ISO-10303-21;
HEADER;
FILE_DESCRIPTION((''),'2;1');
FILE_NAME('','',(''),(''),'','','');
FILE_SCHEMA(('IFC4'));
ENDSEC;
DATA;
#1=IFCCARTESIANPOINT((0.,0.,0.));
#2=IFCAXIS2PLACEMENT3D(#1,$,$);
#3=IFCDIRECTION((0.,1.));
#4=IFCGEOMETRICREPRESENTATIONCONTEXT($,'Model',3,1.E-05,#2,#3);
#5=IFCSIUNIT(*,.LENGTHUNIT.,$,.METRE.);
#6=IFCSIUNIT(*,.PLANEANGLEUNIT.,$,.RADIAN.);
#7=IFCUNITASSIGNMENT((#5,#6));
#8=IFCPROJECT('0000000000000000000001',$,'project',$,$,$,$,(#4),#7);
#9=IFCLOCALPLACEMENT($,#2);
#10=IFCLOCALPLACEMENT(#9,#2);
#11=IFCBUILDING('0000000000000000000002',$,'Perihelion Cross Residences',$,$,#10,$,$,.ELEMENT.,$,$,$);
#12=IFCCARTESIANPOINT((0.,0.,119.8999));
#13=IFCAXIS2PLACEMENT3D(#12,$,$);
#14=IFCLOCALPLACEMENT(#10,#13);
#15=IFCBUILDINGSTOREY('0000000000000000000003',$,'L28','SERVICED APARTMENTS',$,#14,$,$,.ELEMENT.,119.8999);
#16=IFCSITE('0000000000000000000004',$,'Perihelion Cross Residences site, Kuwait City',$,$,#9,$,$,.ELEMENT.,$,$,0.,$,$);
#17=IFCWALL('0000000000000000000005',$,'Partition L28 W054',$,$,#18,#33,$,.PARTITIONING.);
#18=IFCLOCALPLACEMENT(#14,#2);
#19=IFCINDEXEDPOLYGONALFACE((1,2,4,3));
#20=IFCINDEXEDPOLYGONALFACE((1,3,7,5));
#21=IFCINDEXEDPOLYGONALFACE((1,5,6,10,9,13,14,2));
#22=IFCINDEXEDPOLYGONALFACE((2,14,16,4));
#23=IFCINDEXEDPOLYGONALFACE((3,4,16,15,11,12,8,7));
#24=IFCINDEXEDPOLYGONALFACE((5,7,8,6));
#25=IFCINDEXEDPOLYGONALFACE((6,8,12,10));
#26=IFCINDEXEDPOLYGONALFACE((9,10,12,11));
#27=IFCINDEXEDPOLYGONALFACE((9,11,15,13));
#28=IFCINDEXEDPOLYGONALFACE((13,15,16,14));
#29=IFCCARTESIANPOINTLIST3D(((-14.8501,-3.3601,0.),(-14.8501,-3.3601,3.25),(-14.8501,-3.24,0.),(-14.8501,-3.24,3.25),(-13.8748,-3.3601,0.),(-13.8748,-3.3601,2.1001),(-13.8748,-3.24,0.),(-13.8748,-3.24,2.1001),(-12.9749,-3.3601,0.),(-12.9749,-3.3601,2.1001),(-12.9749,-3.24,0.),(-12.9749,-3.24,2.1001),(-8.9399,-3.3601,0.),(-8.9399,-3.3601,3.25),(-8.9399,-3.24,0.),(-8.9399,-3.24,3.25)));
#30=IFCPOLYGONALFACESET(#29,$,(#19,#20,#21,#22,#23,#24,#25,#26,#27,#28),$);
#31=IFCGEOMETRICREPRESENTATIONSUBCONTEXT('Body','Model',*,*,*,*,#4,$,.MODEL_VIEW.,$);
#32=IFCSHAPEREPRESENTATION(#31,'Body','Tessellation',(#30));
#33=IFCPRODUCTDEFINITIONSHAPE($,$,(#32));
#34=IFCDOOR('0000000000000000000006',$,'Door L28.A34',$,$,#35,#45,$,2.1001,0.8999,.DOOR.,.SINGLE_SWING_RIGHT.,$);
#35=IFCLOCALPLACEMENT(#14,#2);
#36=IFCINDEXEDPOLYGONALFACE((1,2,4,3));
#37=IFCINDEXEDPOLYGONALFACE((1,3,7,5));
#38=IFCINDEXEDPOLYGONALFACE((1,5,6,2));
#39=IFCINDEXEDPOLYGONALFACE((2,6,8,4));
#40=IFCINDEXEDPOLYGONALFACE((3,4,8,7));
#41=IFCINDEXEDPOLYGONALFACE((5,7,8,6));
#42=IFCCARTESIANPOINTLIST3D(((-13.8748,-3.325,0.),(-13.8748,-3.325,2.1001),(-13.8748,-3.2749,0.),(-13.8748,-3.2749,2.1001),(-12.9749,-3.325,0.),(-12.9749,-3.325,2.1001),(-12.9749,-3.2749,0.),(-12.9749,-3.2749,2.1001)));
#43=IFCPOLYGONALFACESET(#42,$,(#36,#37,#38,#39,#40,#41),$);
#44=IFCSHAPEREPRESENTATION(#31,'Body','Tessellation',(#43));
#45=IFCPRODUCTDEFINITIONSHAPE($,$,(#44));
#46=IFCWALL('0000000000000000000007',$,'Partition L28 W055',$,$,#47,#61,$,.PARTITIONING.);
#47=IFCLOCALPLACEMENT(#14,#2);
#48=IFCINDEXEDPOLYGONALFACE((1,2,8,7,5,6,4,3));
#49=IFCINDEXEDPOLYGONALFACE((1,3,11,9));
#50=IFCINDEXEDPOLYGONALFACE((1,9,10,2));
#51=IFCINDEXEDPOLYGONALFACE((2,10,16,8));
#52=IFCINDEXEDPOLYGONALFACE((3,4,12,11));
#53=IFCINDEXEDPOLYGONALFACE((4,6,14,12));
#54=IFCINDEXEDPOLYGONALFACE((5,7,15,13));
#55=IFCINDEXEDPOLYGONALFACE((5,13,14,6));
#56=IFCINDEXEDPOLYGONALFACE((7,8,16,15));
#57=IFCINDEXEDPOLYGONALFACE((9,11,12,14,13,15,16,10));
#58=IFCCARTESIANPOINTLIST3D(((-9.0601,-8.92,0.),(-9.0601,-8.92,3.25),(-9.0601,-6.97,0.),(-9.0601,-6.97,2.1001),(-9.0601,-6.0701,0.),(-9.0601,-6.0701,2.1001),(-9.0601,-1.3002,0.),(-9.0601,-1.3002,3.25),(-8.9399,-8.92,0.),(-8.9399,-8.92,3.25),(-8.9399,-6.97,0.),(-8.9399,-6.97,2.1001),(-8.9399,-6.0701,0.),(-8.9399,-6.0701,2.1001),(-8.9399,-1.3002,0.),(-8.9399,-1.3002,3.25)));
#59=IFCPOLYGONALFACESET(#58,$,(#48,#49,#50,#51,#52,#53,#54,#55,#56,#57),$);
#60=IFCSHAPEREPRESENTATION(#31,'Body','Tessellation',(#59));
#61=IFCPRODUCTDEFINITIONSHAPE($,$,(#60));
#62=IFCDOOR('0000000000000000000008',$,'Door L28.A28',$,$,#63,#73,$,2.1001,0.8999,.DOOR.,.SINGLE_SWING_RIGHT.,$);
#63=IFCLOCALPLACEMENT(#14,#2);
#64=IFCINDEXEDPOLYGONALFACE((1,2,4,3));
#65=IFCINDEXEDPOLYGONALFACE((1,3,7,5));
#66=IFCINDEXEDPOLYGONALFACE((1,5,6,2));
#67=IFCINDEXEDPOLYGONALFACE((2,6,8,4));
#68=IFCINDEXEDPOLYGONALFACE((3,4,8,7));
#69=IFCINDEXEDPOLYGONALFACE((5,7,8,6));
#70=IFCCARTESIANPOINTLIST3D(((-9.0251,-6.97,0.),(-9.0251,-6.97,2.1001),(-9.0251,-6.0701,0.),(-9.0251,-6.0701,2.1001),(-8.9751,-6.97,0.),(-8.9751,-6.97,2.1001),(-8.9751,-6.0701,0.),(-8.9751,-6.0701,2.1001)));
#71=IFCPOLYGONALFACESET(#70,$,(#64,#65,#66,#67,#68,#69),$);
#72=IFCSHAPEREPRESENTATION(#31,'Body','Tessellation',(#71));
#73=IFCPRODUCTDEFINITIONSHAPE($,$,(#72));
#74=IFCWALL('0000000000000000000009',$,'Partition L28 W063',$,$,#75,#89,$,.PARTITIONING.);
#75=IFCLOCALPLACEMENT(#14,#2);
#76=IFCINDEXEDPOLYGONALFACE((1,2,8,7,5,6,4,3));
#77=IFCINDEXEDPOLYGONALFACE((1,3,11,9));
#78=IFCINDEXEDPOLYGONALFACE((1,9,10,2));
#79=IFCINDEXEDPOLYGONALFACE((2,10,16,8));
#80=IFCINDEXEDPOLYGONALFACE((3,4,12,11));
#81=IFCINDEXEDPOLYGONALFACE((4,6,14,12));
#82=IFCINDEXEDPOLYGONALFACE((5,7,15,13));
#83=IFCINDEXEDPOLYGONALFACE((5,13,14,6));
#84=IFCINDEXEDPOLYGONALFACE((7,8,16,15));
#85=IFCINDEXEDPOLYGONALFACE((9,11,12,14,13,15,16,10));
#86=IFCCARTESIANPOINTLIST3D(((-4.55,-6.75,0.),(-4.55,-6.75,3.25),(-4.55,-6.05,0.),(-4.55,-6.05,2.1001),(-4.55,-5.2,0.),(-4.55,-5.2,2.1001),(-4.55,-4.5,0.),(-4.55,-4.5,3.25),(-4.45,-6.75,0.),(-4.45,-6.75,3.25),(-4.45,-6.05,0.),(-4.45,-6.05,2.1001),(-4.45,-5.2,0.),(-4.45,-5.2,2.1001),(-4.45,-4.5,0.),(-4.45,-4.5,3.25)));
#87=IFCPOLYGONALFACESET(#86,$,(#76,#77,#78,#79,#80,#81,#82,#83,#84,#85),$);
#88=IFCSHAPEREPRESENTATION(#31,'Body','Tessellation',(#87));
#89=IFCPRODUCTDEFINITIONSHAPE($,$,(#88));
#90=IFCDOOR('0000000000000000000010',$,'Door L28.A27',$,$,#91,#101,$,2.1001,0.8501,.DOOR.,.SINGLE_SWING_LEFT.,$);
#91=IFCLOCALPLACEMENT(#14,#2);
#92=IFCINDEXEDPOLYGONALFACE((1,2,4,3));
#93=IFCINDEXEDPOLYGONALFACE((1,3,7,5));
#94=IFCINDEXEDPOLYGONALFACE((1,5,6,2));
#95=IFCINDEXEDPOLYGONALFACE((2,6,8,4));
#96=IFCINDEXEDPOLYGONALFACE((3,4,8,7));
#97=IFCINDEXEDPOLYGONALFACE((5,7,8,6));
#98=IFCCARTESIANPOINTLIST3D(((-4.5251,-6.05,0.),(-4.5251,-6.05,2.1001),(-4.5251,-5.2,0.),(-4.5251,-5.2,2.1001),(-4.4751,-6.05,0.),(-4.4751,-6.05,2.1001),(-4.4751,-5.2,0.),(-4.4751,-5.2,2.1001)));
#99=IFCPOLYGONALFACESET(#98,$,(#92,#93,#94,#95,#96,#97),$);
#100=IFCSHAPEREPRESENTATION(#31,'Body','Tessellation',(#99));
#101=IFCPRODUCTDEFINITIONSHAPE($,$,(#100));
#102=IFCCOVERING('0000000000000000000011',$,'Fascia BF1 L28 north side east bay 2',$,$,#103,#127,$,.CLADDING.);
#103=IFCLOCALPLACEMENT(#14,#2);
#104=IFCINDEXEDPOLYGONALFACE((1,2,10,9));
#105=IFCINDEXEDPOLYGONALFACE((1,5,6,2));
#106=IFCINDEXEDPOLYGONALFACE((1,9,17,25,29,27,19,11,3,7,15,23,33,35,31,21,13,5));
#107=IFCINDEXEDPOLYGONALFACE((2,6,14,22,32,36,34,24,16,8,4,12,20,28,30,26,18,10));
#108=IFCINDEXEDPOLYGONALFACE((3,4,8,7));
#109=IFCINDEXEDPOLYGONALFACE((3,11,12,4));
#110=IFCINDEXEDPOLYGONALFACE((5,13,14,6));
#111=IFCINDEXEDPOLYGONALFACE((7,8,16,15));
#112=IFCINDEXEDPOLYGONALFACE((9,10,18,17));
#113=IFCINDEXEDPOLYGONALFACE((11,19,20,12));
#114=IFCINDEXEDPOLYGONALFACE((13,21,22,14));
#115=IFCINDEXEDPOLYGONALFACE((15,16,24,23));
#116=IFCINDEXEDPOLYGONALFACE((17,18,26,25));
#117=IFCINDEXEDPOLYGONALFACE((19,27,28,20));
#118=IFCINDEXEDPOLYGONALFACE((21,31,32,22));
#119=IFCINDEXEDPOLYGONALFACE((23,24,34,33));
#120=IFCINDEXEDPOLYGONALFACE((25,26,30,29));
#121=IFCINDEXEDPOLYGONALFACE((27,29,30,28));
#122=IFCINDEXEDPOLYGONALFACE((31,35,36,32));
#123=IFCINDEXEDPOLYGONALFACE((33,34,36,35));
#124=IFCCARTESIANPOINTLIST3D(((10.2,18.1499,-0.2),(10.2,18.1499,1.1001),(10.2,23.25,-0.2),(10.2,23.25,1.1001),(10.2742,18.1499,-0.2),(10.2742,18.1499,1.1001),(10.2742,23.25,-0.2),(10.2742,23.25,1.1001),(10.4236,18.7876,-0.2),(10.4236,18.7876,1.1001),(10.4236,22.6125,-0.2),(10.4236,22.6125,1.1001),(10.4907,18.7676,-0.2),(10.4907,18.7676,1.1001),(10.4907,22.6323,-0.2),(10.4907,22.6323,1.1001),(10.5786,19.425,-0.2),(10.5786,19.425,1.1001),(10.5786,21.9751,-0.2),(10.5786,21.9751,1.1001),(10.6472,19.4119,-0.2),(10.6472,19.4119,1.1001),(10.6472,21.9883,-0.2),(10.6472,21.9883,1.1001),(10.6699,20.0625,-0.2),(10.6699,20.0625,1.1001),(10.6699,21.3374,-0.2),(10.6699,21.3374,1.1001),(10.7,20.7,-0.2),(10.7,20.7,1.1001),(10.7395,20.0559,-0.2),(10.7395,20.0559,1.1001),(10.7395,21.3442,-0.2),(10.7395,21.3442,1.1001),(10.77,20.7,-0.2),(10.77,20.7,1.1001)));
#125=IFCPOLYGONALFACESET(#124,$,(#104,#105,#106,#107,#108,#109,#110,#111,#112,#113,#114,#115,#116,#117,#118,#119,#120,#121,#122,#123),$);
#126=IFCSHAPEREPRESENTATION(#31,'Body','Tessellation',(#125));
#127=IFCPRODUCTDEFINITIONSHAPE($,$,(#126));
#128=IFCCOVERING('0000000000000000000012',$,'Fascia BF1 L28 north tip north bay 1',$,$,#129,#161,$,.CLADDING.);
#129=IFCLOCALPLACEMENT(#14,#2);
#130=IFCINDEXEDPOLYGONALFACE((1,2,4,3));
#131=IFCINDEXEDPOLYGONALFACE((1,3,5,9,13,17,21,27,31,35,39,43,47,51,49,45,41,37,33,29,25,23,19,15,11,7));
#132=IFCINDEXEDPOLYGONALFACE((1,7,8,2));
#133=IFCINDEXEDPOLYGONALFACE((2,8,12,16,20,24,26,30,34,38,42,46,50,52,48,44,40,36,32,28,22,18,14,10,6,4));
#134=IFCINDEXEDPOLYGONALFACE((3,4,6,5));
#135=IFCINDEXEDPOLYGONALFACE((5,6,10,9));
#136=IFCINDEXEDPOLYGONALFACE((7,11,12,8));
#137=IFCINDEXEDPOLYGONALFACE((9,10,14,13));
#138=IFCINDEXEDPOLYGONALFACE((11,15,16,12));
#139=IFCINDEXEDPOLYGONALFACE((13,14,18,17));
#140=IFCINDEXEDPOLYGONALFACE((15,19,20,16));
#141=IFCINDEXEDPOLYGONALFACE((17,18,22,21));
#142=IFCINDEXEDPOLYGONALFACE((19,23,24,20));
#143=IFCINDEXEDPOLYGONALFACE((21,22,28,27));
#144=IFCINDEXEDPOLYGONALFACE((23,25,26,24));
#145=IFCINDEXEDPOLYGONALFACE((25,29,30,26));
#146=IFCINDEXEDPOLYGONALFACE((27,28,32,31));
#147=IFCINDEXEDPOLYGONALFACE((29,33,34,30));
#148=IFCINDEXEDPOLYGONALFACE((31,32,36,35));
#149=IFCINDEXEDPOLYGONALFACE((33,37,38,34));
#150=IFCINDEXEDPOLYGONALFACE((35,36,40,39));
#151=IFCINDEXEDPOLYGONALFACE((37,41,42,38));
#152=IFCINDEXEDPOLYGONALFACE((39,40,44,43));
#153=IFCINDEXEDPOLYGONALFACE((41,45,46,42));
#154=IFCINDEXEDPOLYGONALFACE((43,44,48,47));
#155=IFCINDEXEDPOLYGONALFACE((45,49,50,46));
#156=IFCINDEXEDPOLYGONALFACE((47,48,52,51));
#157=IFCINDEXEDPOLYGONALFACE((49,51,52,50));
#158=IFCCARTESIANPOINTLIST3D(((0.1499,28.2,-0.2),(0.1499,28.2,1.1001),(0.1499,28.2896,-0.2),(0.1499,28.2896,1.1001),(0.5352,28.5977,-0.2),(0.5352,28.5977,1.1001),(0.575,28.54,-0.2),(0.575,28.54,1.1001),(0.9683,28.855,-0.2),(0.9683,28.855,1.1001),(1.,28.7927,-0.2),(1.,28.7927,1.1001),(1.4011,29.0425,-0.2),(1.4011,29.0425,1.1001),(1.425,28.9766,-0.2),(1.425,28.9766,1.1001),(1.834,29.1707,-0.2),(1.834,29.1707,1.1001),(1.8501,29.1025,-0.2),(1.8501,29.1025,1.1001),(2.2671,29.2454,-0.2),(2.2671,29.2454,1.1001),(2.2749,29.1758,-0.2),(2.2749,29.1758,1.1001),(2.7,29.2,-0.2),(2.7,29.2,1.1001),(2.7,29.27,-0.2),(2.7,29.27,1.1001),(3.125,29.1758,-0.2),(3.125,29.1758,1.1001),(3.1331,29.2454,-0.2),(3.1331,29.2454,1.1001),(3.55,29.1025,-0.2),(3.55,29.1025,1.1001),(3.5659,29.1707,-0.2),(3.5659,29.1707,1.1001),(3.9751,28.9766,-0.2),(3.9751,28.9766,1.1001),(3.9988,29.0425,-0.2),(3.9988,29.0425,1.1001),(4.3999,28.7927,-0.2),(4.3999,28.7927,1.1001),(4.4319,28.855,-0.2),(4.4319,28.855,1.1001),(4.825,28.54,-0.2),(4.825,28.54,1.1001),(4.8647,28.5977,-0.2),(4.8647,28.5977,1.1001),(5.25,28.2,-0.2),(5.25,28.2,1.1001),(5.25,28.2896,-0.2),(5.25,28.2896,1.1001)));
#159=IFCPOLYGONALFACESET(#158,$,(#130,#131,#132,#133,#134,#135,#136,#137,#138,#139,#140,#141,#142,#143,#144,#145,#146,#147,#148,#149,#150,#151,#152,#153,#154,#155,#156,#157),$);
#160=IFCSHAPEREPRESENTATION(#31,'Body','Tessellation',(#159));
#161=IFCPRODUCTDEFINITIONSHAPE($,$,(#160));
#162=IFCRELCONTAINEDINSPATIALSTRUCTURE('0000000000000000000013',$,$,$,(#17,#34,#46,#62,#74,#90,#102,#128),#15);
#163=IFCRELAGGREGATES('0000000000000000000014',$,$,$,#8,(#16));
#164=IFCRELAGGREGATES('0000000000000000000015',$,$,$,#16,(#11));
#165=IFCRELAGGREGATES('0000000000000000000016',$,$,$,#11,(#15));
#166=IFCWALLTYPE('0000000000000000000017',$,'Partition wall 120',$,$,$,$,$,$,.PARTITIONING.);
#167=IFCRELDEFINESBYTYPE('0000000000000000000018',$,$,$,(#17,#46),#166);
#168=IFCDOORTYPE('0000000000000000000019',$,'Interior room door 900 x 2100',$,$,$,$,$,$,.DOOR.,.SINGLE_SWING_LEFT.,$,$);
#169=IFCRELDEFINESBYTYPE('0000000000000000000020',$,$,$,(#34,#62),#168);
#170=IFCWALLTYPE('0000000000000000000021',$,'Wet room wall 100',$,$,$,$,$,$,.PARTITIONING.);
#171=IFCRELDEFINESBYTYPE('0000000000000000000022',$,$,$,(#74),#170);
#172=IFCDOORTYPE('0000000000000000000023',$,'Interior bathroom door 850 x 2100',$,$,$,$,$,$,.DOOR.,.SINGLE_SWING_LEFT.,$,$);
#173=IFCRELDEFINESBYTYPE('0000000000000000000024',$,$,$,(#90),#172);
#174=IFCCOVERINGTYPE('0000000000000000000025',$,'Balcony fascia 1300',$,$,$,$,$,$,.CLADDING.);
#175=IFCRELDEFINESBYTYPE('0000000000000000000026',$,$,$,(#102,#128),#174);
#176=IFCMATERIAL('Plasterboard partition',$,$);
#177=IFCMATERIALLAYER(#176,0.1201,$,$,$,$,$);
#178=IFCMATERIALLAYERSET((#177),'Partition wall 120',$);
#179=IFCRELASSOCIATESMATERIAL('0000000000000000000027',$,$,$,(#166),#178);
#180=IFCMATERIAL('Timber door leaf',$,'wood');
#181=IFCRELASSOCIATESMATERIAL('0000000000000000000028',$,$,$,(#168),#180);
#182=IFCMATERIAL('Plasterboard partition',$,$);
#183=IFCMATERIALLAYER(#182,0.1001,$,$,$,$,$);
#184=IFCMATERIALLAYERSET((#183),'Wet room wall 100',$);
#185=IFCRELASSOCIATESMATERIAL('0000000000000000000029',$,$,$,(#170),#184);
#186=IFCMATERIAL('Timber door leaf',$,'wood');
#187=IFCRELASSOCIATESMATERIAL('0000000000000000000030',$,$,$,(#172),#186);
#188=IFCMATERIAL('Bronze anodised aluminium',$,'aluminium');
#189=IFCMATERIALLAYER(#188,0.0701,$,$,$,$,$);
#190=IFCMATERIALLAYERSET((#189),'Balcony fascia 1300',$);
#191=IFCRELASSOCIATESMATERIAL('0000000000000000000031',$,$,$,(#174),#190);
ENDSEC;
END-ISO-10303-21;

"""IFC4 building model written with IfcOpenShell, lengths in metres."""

from ifc_helpers import new_model, si_unit, direction, frame, frame_2d, origin, place, context, subcontext, project, spatial, polyline, rectangle, outline, extrude, material, layer, layer_set, type_object, element, fill, save


model = new_model("IFC4")

# Units and contexts
model_context = context("Model", 3, precision=1e-05, world=origin(), true_north=direction((0.0, 1.0)))
body_context = subcontext(model_context, "Body", "Model", "MODEL_VIEW")
ifc_project = project(units=[si_unit("LENGTHUNIT", "METRE"), si_unit("PLANEANGLEUNIT", "RADIAN")], contexts=[model_context])

# Site, building, storey
site_placement = place(None, origin())
site = spatial("IfcSite", under=ifc_project, at=site_placement, Name="Perihelion Cross Residences site, Kuwait City", CompositionType="ELEMENT", RefElevation=0.0)
building_placement = place(site_placement, origin())
building = spatial("IfcBuilding", under=site, at=building_placement, Name="Perihelion Cross Residences", CompositionType="ELEMENT")
storey_placement = place(building_placement, frame((0.0, 0.0, 119.8999)))
storey = spatial("IfcBuildingStorey", under=building, at=storey_placement, Name="L28", Description="SERVICED APARTMENTS", CompositionType="ELEMENT", Elevation=119.8999)

# Shared definitions
ifc_material_1 = material(Name="Plasterboard partition")
ifc_layer_1 = layer(ifc_material_1, 0.1201)
ifc_layer_set_1 = layer_set([ifc_layer_1], Name="Partition wall 120")
wall_type_1 = type_object("IfcWallType", Name="Partition wall 120", PredefinedType="PARTITIONING", material=ifc_layer_set_1)

# Walls, openings, doors
wall_1_placement = place(storey_placement, frame((-8.9399, -3.3, 0.0), z_axis=(0.0, 0.0, 1.0), x_axis=(-1.0, 0.0, 0.0)))
wall_1 = element("IfcWall", 1, at=wall_1_placement, inside=storey, type_object=wall_type_1, Name="Partition L28 W054", PredefinedType="PARTITIONING", context=body_context, shape_type="SweptSolid", body=[
    extrude(rectangle(XDim=5.9102, YDim=0.1201, at=frame_2d((2.9551, 0.0))), origin(), (0.0, 0.0, 1.0), 3.25),
])
opening_1_placement = place(wall_1_placement, frame((4.0349, 0.0, 0.0)))
opening_1 = element("IfcOpeningElement", 2, at=opening_1_placement, cuts=wall_1, PredefinedType="OPENING", context=body_context, shape_type="SweptSolid", body=[
    extrude(rectangle(XDim=0.8999, YDim=2.1001, at=frame_2d((0.45, 1.05))), frame((0.0, 0.0701, 0.0), z_axis=(0.0, -1.0, 0.0), x_axis=(1.0, 0.0, 0.0)), (0.0, 0.0, 1.0), 0.1401),
])
ifc_material_2 = material(Name="Timber door leaf", Category="wood")
door_type_1 = type_object("IfcDoorType", Name="Interior room door 900 x 2100", OperationType="SINGLE_SWING_LEFT", PredefinedType="DOOR", material=ifc_material_2)
door_1_placement = place(opening_1_placement, origin())
door_1 = element("IfcDoor", 3, at=door_1_placement, inside=storey, type_object=door_type_1, Name="Door L28.A34", OperationType="SINGLE_SWING_RIGHT", OverallHeight=2.1001, OverallWidth=0.8999, PredefinedType="DOOR", context=body_context, shape_type="SweptSolid", body=[
    extrude(rectangle(XDim=0.8999, YDim=2.1001, at=frame_2d((0.45, 1.05))), frame((0.0, 0.0249, 0.0), z_axis=(0.0, -1.0, 0.0), x_axis=(1.0, 0.0, 0.0)), (0.0, 0.0, 1.0), 0.05),
])
fill(opening_1, door_1)
wall_2_placement = place(storey_placement, frame((-9.0, -1.3, 0.0), z_axis=(0.0, 0.0, 1.0), x_axis=(0.0, -1.0, 0.0)))
wall_2 = element("IfcWall", 4, at=wall_2_placement, inside=storey, type_object=wall_type_1, Name="Partition L28 W055", PredefinedType="PARTITIONING", context=body_context, shape_type="SweptSolid", body=[
    extrude(rectangle(XDim=7.6199, YDim=0.1201, at=frame_2d((3.8101, 0.0))), origin(), (0.0, 0.0, 1.0), 3.25),
])
opening_2_placement = place(wall_2_placement, frame((4.77, 0.0, 0.0)))
opening_2 = element("IfcOpeningElement", 5, at=opening_2_placement, cuts=wall_2, PredefinedType="OPENING", context=body_context, shape_type="SweptSolid", body=[
    extrude(rectangle(XDim=0.8999, YDim=2.1001, at=frame_2d((0.45, 1.05))), frame((0.0, 0.0701, 0.0), z_axis=(0.0, -1.0, 0.0), x_axis=(1.0, 0.0, 0.0)), (0.0, 0.0, 1.0), 0.1401),
])
door_2_placement = place(opening_2_placement, origin())
door_2 = element("IfcDoor", 6, at=door_2_placement, inside=storey, type_object=door_type_1, Name="Door L28.A28", OperationType="SINGLE_SWING_RIGHT", OverallHeight=2.1001, OverallWidth=0.8999, PredefinedType="DOOR", context=body_context, shape_type="SweptSolid", body=[
    extrude(rectangle(XDim=0.8999, YDim=2.1001, at=frame_2d((0.45, 1.05))), frame((0.0, 0.0249, 0.0), z_axis=(0.0, -1.0, 0.0), x_axis=(1.0, 0.0, 0.0)), (0.0, 0.0, 1.0), 0.05),
])
fill(opening_2, door_2)
ifc_material_3 = material(Name="Plasterboard partition")
ifc_layer_2 = layer(ifc_material_3, 0.1001)
ifc_layer_set_2 = layer_set([ifc_layer_2], Name="Wet room wall 100")
wall_type_2 = type_object("IfcWallType", Name="Wet room wall 100", PredefinedType="PARTITIONING", material=ifc_layer_set_2)
wall_3_placement = place(storey_placement, frame((-4.5, -4.5, 0.0), z_axis=(0.0, 0.0, 1.0), x_axis=(0.0, -1.0, 0.0)))
wall_3 = element("IfcWall", 7, at=wall_3_placement, inside=storey, type_object=wall_type_2, Name="Partition L28 W063", PredefinedType="PARTITIONING", context=body_context, shape_type="SweptSolid", body=[
    extrude(rectangle(XDim=2.25, YDim=0.1001, at=frame_2d((1.125, 0.0))), origin(), (0.0, 0.0, 1.0), 3.25),
])
opening_3_placement = place(wall_3_placement, frame((0.7, 0.0, 0.0)))
opening_3 = element("IfcOpeningElement", 8, at=opening_3_placement, cuts=wall_3, PredefinedType="OPENING", context=body_context, shape_type="SweptSolid", body=[
    extrude(rectangle(XDim=0.8501, YDim=2.1001, at=frame_2d((0.425, 1.05))), frame((0.0, 0.0601, 0.0), z_axis=(0.0, -1.0, 0.0), x_axis=(1.0, 0.0, 0.0)), (0.0, 0.0, 1.0), 0.1201),
])
ifc_material_4 = material(Name="Timber door leaf", Category="wood")
door_type_2 = type_object("IfcDoorType", Name="Interior bathroom door 850 x 2100", OperationType="SINGLE_SWING_LEFT", PredefinedType="DOOR", material=ifc_material_4)
door_3_placement = place(opening_3_placement, origin())
door_3 = element("IfcDoor", 9, at=door_3_placement, inside=storey, type_object=door_type_2, Name="Door L28.A27", OperationType="SINGLE_SWING_LEFT", OverallHeight=2.1001, OverallWidth=0.8501, PredefinedType="DOOR", context=body_context, shape_type="SweptSolid", body=[
    extrude(rectangle(XDim=0.8501, YDim=2.1001, at=frame_2d((0.425, 1.05))), frame((0.0, 0.0249, 0.0), z_axis=(0.0, -1.0, 0.0), x_axis=(1.0, 0.0, 0.0)), (0.0, 0.0, 1.0), 0.05),
])
fill(opening_3, door_3)

# Coverings
ifc_material_5 = material(Name="Bronze anodised aluminium", Category="aluminium")
ifc_layer_3 = layer(ifc_material_5, 0.0701)
ifc_layer_set_3 = layer_set([ifc_layer_3], Name="Balcony fascia 1300")
covering_type = type_object("IfcCoveringType", Name="Balcony fascia 1300", PredefinedType="CLADDING", material=ifc_layer_set_3)
covering_1_placement = place(storey_placement, frame((0.0, 0.0, -0.2)))
element("IfcCovering", 10, at=covering_1_placement, inside=storey, type_object=covering_type, Name="Fascia BF1 L28 north side east bay 2", PredefinedType="CLADDING", context=body_context, shape_type="SweptSolid", body=[
    extrude(outline(polyline([(10.4907, 18.7676), (10.6472, 19.4119), (10.7395, 20.0559), (10.77, 20.7), (10.7395, 21.3442), (10.6472, 21.9883), (10.4907, 22.6323), (10.2742, 23.25), (10.2, 23.25), (10.4236, 22.6125), (10.5786, 21.9751), (10.6699, 21.3374), (10.7, 20.7), (10.6699, 20.0625), (10.5786, 19.425), (10.4236, 18.7876), (10.2, 18.1499), (10.2742, 18.1499), (10.4907, 18.7676)])), origin(), (0.0, 0.0, 1.0), 1.3),
])
covering_2_placement = place(storey_placement, frame((0.0, 0.0, -0.2)))
element("IfcCovering", 11, at=covering_2_placement, inside=storey, type_object=covering_type, Name="Fascia BF1 L28 north tip north bay 1", PredefinedType="CLADDING", context=body_context, shape_type="SweptSolid", body=[
    extrude(outline(polyline([(4.8647, 28.5977), (4.4319, 28.855), (3.9988, 29.0425), (3.5659, 29.1707), (3.1331, 29.2454), (2.7, 29.27), (2.2671, 29.2454), (1.834, 29.1707), (1.4011, 29.0425), (0.9683, 28.855), (0.5352, 28.5977), (0.1499, 28.2896), (0.1499, 28.2), (0.575, 28.54), (1.0, 28.7927), (1.425, 28.9766), (1.8501, 29.1025), (2.2749, 29.1758), (2.7, 29.2), (3.125, 29.1758), (3.55, 29.1025), (3.9751, 28.9766), (4.3999, 28.7927), (4.825, 28.54), (5.25, 28.2), (5.25, 28.2896), (4.8647, 28.5977)])), origin(), (0.0, 0.0, 1.0), 1.3),
])

save(model, "model.ifc")
